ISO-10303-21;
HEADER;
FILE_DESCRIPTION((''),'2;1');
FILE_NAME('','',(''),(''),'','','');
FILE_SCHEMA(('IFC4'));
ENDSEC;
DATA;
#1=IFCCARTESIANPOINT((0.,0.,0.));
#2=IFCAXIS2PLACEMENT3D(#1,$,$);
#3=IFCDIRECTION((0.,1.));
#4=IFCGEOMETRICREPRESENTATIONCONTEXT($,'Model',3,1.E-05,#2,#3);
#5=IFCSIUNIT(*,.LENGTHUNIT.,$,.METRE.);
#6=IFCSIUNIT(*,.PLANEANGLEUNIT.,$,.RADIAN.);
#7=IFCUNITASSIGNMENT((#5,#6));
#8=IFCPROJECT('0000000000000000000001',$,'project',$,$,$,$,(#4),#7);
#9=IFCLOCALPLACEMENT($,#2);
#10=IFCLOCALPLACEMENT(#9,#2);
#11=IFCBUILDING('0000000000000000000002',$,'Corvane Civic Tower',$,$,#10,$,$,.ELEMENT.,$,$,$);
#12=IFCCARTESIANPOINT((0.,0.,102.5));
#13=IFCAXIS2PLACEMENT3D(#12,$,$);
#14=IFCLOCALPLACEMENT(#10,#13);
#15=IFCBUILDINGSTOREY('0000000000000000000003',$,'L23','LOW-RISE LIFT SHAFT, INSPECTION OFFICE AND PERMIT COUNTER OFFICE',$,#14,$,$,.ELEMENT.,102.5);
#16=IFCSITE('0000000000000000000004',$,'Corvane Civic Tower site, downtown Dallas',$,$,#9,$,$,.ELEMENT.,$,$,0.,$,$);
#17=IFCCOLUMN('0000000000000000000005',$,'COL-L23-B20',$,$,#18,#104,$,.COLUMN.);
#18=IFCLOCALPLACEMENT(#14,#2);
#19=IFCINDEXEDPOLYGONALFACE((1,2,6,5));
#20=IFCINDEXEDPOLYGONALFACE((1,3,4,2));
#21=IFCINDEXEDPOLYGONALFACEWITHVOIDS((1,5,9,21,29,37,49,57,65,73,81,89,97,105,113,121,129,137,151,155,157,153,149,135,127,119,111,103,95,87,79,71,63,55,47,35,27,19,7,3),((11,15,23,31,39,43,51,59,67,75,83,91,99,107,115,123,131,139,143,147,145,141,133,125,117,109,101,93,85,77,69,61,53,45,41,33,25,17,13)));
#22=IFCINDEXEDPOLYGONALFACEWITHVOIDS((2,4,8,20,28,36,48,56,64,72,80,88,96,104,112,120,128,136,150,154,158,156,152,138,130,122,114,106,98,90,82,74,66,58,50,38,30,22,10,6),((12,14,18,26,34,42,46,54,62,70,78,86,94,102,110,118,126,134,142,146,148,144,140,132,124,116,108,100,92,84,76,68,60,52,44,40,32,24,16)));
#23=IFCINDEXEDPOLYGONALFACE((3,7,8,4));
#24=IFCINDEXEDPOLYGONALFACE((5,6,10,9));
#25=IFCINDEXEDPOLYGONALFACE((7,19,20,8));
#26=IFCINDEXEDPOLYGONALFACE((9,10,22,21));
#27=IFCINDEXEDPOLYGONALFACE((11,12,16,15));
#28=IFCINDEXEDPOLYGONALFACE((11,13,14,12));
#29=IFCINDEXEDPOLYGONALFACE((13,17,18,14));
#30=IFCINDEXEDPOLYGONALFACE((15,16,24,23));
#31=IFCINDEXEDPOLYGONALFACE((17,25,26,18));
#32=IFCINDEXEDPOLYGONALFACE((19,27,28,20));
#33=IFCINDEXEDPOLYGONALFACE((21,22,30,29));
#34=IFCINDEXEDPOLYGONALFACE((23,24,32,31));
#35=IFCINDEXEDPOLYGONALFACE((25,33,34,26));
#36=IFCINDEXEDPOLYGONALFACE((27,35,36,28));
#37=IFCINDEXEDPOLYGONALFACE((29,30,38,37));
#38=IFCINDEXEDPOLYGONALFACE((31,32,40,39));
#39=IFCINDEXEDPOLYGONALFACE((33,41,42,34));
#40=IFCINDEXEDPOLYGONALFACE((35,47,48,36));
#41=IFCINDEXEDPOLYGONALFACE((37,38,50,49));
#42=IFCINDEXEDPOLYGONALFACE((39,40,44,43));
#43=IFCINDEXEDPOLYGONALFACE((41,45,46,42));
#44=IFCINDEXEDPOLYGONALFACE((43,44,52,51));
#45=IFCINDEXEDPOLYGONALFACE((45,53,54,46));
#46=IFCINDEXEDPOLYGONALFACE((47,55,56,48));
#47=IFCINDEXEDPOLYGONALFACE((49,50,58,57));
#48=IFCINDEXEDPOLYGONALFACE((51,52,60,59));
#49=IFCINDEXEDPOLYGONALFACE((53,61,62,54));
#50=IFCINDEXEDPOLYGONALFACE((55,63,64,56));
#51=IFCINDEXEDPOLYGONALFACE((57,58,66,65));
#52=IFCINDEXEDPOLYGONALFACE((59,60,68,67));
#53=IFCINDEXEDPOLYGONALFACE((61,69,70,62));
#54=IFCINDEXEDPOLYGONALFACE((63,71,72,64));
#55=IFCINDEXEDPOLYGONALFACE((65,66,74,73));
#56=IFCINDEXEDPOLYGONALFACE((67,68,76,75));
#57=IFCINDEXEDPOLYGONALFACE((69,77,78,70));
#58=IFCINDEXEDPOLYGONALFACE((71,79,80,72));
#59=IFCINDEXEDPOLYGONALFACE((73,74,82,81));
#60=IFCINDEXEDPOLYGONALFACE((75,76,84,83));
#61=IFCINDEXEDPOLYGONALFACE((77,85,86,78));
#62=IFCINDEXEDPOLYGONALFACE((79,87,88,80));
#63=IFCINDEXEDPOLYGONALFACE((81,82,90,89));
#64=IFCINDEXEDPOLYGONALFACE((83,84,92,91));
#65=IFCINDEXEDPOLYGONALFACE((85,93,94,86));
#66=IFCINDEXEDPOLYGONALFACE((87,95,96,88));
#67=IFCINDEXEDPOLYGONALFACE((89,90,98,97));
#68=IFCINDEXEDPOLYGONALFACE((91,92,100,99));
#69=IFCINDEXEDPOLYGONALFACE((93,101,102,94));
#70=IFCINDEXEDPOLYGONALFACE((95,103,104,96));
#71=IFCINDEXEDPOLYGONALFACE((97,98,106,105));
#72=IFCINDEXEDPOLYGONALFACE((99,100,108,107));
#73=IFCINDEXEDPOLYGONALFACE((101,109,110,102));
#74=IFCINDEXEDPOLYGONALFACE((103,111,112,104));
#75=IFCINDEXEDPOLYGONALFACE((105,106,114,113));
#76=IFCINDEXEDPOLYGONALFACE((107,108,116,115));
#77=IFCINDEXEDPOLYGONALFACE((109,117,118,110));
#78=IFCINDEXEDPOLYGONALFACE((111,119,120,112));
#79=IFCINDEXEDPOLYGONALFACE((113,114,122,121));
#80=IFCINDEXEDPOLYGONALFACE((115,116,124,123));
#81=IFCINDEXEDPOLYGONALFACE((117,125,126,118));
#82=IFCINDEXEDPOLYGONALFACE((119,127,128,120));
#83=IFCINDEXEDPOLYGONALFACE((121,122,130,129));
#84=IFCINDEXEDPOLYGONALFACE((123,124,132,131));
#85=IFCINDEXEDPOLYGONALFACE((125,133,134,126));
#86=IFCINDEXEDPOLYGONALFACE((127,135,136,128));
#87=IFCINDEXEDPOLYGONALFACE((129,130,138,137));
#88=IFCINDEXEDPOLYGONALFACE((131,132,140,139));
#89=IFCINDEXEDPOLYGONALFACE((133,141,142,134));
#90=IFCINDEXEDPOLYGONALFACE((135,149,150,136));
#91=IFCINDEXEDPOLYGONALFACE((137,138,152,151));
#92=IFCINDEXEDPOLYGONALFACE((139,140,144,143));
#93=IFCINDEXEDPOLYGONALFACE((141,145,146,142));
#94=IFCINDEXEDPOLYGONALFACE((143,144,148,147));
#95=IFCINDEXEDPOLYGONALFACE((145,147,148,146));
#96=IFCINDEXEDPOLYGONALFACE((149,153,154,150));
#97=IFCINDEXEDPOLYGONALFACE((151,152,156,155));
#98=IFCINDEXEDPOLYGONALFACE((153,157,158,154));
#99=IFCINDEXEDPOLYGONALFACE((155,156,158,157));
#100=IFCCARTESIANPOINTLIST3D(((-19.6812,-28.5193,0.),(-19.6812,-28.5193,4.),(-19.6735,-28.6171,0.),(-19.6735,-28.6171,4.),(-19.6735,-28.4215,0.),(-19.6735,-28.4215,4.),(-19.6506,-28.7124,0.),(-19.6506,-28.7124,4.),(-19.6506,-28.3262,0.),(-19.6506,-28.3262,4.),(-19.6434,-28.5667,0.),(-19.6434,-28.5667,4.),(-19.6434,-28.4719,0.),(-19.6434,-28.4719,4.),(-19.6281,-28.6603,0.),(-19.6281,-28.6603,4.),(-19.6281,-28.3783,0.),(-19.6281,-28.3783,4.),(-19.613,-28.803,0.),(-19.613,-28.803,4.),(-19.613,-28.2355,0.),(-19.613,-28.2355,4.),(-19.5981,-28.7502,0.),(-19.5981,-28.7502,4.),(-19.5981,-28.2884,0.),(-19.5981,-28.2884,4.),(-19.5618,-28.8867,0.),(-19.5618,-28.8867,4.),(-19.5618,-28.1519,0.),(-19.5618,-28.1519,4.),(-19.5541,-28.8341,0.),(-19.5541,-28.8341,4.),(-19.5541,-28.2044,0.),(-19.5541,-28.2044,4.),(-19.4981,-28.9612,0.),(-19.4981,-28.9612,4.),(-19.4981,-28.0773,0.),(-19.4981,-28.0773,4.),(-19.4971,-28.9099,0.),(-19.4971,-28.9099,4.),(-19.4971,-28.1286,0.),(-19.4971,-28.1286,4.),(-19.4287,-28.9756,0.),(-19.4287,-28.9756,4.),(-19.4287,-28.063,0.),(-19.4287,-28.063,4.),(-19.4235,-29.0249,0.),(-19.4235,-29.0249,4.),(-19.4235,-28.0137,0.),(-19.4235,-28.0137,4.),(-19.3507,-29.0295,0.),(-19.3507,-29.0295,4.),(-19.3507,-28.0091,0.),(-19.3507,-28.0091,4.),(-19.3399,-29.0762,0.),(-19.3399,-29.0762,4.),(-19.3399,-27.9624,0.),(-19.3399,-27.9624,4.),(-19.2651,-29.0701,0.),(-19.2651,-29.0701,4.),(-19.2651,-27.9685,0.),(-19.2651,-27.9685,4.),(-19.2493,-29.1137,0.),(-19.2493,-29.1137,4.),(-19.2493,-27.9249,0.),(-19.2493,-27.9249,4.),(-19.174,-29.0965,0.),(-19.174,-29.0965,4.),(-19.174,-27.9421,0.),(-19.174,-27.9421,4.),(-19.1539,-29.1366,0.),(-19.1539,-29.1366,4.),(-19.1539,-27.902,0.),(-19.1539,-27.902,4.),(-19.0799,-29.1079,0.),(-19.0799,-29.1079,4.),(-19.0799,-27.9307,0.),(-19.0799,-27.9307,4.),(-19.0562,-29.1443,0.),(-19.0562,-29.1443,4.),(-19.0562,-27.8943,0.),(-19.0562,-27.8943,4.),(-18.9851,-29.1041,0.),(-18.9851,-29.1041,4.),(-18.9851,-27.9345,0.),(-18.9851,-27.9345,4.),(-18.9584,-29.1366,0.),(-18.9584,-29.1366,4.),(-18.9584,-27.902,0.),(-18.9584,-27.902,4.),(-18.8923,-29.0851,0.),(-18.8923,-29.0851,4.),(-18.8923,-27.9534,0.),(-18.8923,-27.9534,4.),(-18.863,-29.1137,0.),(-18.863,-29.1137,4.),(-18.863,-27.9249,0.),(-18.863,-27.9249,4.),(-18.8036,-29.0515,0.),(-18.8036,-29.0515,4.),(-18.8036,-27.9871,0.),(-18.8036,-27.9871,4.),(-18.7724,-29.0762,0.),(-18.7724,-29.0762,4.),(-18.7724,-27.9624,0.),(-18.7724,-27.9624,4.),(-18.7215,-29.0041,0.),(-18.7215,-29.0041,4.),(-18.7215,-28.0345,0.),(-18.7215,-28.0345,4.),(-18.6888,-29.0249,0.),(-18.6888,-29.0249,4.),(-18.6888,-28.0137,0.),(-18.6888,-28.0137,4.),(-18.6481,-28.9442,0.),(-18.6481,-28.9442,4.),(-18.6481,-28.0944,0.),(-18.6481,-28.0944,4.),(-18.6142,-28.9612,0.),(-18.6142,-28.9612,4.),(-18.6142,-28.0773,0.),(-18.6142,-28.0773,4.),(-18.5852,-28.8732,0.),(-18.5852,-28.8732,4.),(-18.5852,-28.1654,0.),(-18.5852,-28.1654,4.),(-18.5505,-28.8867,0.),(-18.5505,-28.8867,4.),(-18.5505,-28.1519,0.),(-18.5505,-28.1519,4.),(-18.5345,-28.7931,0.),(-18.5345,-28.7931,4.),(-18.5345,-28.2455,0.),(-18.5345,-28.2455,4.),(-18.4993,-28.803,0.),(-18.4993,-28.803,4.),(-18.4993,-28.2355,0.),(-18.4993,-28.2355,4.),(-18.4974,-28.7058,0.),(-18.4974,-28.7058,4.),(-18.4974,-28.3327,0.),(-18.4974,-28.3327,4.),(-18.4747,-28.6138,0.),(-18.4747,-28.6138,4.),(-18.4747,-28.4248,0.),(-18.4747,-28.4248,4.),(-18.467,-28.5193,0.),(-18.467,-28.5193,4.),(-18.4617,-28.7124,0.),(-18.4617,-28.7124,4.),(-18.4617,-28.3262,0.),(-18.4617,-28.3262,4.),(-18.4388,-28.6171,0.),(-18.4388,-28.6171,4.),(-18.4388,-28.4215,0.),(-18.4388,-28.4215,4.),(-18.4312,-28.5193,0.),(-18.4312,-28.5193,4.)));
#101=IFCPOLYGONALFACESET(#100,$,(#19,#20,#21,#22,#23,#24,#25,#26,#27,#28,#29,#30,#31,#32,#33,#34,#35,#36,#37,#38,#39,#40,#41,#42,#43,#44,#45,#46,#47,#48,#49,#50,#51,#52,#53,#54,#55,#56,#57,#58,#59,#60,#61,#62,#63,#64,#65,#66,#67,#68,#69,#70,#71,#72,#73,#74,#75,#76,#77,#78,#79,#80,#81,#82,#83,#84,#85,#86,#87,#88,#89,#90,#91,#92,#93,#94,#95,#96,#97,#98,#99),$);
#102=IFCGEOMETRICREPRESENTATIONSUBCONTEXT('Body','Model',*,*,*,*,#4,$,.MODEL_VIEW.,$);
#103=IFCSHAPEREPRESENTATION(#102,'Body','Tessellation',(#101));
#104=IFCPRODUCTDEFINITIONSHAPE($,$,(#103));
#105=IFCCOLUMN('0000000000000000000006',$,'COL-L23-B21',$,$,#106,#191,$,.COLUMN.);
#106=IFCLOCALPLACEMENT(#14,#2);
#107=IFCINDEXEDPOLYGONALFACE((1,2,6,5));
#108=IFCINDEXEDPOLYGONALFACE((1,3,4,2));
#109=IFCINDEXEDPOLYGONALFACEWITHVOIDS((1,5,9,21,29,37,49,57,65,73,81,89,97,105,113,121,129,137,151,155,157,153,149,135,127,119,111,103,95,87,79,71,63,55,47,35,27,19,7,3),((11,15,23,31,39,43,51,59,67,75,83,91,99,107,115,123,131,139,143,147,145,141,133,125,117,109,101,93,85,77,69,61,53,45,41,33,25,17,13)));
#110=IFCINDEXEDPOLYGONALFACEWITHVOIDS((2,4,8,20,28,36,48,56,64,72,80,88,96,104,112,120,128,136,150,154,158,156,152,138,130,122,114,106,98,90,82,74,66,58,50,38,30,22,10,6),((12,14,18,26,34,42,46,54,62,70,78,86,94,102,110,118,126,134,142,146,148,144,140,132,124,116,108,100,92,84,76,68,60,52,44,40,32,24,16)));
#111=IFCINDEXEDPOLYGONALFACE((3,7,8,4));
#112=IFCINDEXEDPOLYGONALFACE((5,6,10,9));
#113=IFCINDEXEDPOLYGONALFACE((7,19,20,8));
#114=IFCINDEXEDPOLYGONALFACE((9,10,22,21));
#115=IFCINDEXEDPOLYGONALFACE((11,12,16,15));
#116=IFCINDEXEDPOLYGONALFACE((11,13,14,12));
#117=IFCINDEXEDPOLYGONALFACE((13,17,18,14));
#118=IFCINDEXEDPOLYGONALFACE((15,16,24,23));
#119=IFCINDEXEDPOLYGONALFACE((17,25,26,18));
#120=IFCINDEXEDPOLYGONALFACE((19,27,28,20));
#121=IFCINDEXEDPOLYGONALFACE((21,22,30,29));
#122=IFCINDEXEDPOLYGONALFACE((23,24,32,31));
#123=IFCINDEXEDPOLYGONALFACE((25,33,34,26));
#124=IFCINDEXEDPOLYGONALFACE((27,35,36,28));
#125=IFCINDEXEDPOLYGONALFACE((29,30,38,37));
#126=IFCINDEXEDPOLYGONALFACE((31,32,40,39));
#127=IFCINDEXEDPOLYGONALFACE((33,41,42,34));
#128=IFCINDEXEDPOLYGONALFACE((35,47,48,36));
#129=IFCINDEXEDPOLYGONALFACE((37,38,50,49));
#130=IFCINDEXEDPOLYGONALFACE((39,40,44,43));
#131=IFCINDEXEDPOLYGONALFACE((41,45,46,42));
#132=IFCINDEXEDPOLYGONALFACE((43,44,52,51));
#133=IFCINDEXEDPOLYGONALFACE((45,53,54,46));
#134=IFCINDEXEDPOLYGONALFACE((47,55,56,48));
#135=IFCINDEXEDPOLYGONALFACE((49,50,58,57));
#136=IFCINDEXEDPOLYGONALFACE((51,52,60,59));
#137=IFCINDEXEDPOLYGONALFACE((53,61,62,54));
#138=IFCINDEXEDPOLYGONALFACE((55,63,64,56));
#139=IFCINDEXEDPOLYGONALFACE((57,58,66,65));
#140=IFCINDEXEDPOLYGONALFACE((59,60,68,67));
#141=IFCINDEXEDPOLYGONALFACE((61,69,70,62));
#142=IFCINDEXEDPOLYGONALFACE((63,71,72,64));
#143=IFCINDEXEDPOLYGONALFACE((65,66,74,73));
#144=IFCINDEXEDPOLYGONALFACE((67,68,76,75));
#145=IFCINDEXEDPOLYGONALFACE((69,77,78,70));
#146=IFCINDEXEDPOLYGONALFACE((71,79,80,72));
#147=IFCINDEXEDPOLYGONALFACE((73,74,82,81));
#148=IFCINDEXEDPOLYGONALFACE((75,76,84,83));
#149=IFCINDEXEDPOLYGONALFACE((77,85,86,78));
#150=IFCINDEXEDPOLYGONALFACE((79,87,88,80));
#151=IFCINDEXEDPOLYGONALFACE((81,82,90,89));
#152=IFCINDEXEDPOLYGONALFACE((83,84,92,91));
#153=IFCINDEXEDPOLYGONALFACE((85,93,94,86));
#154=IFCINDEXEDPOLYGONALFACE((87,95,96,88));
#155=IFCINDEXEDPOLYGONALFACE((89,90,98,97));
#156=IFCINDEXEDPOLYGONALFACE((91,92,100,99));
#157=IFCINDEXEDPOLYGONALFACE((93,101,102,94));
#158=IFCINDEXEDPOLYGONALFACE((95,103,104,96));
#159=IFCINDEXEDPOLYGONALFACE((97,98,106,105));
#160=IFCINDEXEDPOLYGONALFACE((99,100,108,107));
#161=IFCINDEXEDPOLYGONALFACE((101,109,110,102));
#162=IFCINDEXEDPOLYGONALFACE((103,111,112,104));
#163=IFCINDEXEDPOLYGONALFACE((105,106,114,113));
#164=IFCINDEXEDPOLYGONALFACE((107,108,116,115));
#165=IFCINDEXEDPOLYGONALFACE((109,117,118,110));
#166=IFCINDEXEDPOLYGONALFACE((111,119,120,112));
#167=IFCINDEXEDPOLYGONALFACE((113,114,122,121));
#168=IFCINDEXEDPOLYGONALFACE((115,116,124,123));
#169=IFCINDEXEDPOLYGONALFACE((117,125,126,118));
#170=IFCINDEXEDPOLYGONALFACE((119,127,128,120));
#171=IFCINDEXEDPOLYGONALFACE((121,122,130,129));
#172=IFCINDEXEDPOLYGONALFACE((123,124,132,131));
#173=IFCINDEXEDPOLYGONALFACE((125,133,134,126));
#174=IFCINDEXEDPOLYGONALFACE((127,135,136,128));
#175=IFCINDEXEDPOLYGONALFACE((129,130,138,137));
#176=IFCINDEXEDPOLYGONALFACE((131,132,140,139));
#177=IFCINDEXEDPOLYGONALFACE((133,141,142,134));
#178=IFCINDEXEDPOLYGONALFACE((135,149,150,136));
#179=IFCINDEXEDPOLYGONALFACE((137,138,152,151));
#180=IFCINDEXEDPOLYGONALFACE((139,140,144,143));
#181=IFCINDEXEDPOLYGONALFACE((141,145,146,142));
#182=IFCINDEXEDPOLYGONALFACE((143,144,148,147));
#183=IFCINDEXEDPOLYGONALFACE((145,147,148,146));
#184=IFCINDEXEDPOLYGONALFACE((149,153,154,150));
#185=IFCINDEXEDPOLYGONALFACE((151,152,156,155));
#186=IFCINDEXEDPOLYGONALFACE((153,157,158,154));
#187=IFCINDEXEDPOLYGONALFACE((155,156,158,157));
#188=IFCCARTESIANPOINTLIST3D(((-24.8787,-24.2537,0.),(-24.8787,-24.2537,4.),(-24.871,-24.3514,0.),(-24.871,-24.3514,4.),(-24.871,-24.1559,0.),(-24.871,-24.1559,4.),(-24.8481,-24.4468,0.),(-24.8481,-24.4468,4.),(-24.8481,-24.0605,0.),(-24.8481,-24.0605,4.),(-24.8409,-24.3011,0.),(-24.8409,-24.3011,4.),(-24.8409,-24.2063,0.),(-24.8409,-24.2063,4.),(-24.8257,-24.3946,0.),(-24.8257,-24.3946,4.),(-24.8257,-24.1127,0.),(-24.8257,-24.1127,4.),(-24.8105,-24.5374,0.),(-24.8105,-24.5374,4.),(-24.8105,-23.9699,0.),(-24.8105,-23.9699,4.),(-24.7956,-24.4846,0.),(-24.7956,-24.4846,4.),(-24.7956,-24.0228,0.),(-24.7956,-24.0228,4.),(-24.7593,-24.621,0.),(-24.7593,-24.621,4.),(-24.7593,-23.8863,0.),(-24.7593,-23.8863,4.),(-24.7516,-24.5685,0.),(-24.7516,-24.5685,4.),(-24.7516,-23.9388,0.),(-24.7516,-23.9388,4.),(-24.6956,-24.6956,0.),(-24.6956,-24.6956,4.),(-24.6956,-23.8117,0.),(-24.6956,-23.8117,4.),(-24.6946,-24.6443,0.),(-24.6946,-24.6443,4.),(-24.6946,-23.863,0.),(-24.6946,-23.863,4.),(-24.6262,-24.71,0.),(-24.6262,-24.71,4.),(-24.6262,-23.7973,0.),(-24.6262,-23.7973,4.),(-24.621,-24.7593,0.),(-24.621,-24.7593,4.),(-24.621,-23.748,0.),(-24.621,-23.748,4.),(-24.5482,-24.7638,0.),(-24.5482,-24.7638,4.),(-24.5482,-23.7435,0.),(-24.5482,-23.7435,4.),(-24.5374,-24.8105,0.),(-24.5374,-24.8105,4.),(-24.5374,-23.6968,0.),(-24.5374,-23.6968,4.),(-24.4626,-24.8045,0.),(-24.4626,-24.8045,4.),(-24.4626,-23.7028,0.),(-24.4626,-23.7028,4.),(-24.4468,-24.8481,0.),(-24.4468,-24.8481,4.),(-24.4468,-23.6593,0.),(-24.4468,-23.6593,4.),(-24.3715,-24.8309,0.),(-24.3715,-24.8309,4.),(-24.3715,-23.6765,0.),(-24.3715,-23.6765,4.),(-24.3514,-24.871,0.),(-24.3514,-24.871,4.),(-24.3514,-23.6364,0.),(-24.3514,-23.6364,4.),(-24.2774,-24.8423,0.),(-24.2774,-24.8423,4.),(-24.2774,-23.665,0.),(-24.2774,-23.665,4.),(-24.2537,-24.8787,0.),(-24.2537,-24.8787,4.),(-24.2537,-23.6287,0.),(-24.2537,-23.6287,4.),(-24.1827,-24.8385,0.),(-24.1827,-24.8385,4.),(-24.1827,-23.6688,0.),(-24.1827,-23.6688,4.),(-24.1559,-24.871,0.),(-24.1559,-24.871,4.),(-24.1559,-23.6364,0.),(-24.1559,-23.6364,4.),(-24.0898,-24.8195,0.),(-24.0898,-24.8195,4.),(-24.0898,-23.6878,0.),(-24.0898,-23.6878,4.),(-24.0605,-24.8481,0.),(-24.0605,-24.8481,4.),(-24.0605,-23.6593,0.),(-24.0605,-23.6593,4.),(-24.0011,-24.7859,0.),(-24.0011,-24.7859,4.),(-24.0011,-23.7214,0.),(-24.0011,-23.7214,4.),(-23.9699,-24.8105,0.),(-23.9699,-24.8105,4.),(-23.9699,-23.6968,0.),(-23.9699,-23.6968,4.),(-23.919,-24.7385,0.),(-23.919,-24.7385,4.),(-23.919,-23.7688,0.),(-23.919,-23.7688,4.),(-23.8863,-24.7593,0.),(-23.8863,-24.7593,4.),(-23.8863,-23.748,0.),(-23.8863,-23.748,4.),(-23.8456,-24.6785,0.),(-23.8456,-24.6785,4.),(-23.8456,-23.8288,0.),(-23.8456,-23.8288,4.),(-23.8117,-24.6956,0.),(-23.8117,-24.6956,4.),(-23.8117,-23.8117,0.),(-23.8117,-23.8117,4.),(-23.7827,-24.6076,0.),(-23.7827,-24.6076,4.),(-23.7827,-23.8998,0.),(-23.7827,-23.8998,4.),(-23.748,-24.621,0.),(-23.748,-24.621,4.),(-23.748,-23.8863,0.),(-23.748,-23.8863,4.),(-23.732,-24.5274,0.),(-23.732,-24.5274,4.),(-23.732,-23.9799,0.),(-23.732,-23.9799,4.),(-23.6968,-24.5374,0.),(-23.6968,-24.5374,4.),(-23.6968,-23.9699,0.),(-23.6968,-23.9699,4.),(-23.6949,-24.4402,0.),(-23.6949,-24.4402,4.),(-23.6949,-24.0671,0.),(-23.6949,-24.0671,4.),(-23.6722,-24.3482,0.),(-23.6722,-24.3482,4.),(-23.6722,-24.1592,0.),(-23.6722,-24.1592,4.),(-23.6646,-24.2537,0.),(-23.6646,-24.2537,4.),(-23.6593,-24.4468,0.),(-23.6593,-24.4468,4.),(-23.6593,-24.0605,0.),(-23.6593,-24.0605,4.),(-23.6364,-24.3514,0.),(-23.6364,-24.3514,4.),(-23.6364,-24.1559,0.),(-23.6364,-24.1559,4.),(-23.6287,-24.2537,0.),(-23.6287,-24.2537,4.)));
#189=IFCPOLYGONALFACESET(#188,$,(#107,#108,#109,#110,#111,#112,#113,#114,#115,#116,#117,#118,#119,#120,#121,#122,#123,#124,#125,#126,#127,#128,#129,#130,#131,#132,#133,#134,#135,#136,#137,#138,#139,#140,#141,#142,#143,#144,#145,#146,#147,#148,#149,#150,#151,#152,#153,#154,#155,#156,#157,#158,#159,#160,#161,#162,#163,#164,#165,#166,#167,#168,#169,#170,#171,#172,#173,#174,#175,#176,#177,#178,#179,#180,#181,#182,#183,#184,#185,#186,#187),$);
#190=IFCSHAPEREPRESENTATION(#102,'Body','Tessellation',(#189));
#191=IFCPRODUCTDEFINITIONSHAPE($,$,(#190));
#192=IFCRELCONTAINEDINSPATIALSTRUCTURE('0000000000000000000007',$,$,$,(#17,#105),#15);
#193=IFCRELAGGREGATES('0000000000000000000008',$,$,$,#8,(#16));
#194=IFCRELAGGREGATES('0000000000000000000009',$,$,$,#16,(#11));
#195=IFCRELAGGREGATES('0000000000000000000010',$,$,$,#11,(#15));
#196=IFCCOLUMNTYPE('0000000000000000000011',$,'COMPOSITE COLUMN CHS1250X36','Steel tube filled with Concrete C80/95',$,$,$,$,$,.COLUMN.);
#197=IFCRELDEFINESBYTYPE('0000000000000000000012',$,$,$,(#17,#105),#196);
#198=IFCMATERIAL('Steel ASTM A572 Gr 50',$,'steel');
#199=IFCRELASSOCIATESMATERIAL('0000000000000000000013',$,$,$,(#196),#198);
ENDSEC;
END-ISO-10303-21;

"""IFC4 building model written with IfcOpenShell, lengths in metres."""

from ifc_helpers import new_model, si_unit, direction, frame, origin, origin_2d, place, context, subcontext, project, spatial, hollow_circle, extrude, material, material_profile, profile_set, type_object, element, save


model = new_model("IFC4")

# Units and contexts
model_context = context("Model", 3, precision=1e-05, world=origin(), true_north=direction((0.0, 1.0)))
body_context = subcontext(model_context, "Body", "Model", "MODEL_VIEW")
ifc_project = project(units=[si_unit("LENGTHUNIT", "METRE"), si_unit("PLANEANGLEUNIT", "RADIAN")], contexts=[model_context])

# Site, building, storey
site_placement = place(None, origin())
site = spatial("IfcSite", under=ifc_project, at=site_placement, Name="Corvane Civic Tower site, downtown Dallas", CompositionType="ELEMENT", RefElevation=0.0)
building_placement = place(site_placement, origin())
building = spatial("IfcBuilding", under=site, at=building_placement, Name="Corvane Civic Tower", CompositionType="ELEMENT")
storey_placement = place(building_placement, frame((0.0, 0.0, 102.5)))
storey = spatial("IfcBuildingStorey", under=building, at=storey_placement, Name="L23", Description="LOW-RISE LIFT SHAFT, INSPECTION OFFICE AND PERMIT COUNTER OFFICE", CompositionType="ELEMENT", Elevation=102.5)

# Columns
ifc_material_1 = material(Name="Steel ASTM A572 Gr 50", Category="steel")
ifc_material_profile_1 = material_profile(ifc_material_1, hollow_circle(Radius=0.625, WallThickness=0.0359, at=origin_2d()), Name="CHS1250X36")
ifc_profile_set_1 = profile_set([ifc_material_profile_1], Name="Steel ASTM A572 Gr 50")
column_type = type_object("IfcColumnType", Name="COMPOSITE COLUMN CHS1250X36", Description="Steel tube filled with Concrete C80/95", PredefinedType="COLUMN", material=ifc_profile_set_1)
for number, where, z_axis, x_axis, name in (
    (1, (-19.0562, -28.5193, 0.0), (0.0, 0.0, 1.0), (1.0, 0.0, 0.0), "COL-L23-B20"),
    (2, (-24.2537, -24.2537, 0.0), (0.0, 0.0, 1.0), (1.0, 0.0, 0.0), "COL-L23-B21"),
):
    element("IfcColumn", number, at=place(storey_placement, frame(where, z_axis=z_axis, x_axis=x_axis)), inside=storey, type_object=column_type, Name=name, PredefinedType="COLUMN", context=body_context, shape_type="SweptSolid", body=[
        extrude(hollow_circle(Radius=0.625, WallThickness=0.0359, at=origin_2d()), origin(), (0.0, 0.0, 1.0), 4.0),
    ])

save(model, "model.ifc")
